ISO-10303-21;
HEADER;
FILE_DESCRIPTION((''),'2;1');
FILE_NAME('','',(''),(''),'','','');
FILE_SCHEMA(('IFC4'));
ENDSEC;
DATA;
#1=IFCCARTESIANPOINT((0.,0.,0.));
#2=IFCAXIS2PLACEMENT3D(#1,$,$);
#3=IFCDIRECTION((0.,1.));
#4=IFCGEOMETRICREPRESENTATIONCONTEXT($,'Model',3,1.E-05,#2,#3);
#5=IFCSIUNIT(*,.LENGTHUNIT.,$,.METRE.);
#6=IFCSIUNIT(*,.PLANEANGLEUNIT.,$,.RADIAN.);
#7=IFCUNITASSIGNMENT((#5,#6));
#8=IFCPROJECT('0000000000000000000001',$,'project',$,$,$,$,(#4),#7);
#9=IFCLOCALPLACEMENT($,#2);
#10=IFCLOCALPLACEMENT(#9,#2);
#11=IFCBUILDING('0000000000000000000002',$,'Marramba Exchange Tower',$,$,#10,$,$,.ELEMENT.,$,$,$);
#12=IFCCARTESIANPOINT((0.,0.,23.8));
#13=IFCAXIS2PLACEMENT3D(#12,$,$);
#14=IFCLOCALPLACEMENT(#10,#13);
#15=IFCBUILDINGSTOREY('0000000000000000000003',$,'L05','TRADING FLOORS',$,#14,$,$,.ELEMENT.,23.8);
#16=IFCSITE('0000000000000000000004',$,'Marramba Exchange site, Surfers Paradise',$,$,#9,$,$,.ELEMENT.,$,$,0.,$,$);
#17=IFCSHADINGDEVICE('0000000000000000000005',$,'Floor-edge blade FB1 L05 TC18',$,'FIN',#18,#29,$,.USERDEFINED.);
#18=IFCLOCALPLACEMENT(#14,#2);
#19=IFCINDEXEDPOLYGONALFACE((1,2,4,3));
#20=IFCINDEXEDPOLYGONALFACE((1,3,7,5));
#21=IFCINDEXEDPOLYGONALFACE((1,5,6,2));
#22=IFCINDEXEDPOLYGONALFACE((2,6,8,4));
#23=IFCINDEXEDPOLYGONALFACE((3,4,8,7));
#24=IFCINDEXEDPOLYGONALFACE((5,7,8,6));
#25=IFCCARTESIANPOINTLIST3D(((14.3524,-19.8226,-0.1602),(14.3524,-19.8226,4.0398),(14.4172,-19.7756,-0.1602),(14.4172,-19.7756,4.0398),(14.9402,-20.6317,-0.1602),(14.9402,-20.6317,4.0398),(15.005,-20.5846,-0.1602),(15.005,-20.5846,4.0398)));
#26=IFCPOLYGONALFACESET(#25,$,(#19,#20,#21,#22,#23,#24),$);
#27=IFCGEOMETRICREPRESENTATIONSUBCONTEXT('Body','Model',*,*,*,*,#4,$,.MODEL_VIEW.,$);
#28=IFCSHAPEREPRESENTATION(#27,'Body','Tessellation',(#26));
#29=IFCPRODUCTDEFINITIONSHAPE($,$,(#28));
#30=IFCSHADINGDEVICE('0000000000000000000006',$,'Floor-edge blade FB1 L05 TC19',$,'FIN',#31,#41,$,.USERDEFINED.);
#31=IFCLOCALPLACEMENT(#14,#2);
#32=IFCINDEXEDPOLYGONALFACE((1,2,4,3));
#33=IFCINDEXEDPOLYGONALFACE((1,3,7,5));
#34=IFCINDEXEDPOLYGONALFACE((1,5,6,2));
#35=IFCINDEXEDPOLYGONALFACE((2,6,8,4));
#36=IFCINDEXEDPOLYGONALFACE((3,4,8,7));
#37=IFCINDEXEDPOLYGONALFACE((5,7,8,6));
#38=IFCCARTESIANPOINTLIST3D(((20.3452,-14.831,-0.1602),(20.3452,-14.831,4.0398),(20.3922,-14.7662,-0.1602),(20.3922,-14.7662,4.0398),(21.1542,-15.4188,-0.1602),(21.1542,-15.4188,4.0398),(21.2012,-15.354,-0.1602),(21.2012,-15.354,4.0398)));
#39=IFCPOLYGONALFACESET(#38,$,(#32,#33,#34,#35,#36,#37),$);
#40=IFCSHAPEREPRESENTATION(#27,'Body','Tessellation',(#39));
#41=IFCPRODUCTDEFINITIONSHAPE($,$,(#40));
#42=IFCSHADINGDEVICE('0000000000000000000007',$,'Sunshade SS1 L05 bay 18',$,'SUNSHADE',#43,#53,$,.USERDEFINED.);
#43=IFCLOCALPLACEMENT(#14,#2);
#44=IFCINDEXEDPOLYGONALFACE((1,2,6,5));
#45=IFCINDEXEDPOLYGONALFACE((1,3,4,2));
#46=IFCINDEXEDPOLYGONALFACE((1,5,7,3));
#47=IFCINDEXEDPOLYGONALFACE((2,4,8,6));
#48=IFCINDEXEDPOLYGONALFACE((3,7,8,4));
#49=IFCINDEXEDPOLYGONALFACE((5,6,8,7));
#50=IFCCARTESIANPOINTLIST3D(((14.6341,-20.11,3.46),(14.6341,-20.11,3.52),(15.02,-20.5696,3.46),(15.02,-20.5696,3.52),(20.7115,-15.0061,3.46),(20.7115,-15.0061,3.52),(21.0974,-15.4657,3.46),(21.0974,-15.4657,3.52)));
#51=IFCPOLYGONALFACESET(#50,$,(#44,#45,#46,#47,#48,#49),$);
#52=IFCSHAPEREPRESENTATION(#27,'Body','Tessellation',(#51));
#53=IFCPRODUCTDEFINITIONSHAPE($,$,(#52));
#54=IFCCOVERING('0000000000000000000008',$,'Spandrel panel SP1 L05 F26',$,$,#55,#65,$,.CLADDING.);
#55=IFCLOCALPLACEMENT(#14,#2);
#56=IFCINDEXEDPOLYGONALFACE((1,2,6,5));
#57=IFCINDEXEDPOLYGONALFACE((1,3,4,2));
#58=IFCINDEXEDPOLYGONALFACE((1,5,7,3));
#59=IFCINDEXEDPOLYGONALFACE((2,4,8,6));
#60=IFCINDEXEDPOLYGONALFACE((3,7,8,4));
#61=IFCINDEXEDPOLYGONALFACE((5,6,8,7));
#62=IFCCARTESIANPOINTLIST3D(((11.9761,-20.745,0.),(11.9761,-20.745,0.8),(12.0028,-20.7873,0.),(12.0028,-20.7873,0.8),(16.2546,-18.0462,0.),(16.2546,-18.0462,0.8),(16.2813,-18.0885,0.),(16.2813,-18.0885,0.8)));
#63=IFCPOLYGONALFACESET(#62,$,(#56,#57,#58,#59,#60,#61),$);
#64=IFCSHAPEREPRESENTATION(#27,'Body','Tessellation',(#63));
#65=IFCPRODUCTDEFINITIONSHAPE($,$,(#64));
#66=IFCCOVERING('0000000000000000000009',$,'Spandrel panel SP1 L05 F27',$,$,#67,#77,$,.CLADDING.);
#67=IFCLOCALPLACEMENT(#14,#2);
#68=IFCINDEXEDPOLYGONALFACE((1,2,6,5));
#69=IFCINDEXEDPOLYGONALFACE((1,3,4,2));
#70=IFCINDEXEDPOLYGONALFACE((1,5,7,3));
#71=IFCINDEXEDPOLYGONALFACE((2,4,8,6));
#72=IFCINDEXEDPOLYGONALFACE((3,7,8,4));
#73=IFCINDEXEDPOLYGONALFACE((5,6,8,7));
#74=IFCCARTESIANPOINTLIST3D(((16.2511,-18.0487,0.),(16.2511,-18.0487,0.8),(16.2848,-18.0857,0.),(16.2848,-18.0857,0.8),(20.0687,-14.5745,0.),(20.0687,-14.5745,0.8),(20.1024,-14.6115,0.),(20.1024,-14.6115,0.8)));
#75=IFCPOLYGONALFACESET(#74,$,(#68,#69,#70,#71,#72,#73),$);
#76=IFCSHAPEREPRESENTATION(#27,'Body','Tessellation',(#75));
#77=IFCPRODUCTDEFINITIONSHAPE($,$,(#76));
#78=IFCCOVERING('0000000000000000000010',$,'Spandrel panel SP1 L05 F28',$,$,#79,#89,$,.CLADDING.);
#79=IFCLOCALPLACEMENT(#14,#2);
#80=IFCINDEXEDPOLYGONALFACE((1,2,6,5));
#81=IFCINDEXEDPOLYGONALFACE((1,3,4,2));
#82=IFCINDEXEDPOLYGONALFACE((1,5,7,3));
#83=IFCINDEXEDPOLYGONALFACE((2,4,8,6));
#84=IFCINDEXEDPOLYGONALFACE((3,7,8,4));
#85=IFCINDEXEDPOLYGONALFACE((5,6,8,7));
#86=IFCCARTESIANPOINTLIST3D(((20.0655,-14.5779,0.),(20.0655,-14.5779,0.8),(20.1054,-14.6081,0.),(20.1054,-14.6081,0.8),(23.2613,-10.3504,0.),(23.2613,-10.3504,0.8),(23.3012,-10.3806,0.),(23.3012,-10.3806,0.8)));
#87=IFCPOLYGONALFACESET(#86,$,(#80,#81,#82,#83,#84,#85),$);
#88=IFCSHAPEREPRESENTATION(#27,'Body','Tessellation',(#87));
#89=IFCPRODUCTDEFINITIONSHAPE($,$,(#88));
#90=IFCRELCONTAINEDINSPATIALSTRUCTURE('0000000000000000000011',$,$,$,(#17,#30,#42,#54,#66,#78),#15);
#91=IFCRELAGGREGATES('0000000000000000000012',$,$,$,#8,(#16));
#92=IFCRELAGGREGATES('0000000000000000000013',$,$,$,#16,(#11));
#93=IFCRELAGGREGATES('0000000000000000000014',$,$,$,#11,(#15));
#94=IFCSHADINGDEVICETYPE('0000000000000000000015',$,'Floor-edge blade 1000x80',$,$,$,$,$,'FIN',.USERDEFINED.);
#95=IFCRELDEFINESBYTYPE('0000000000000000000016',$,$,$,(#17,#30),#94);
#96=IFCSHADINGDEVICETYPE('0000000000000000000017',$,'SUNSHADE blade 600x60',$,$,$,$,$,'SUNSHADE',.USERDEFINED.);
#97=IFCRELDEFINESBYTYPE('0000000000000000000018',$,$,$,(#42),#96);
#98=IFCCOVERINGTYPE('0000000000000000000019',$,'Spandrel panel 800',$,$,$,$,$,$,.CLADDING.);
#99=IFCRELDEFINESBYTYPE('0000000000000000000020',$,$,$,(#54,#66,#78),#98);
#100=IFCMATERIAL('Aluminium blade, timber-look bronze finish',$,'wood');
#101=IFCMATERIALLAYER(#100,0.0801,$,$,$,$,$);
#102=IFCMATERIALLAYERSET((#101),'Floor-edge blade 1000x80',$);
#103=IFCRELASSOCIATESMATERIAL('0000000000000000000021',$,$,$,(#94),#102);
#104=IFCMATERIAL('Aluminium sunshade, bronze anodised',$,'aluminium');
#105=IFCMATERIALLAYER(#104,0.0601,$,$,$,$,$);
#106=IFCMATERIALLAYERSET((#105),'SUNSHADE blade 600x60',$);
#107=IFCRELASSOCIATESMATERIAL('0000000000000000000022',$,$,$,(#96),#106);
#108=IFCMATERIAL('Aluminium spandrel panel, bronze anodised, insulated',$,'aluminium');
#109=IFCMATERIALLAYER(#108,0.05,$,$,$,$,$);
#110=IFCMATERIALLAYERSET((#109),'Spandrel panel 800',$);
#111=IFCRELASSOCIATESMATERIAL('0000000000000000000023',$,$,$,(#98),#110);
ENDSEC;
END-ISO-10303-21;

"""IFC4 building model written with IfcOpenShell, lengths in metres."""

from ifc_helpers import new_model, si_unit, direction, frame, origin, origin_2d, place, context, subcontext, project, spatial, rectangle, extrude, material, layer, layer_set, type_object, element, save


model = new_model("IFC4")

# Units and contexts
model_context = context("Model", 3, precision=1e-05, world=origin(), true_north=direction((0.0, 1.0)))
body_context = subcontext(model_context, "Body", "Model", "MODEL_VIEW")
ifc_project = project(units=[si_unit("LENGTHUNIT", "METRE"), si_unit("PLANEANGLEUNIT", "RADIAN")], contexts=[model_context])

# Site, building, storey
site_placement = place(None, origin())
site = spatial("IfcSite", under=ifc_project, at=site_placement, Name="Marramba Exchange site, Surfers Paradise", CompositionType="ELEMENT", RefElevation=0.0)
building_placement = place(site_placement, origin())
building = spatial("IfcBuilding", under=site, at=building_placement, Name="Marramba Exchange Tower", CompositionType="ELEMENT")
storey_placement = place(building_placement, frame((0.0, 0.0, 23.8)))
storey = spatial("IfcBuildingStorey", under=building, at=storey_placement, Name="L05", Description="TRADING FLOORS", CompositionType="ELEMENT", Elevation=23.8)

# Shading devices
ifc_material_1 = material(Name="Aluminium blade, timber-look bronze finish", Category="wood")
ifc_layer_1 = layer(ifc_material_1, 0.0801)
ifc_layer_set_1 = layer_set([ifc_layer_1], Name="Floor-edge blade 1000x80")
shading_device_type_1 = type_object("IfcShadingDeviceType", Name="Floor-edge blade 1000x80", ElementType="FIN", PredefinedType="USERDEFINED", material=ifc_layer_set_1)
for number, where, z_axis, x_axis, name in (
    (1, (14.6787, -20.2036, -0.1602), (0.0, 0.0, 1.0), (0.587785, -0.809017, 0.0), "Floor-edge blade FB1 L05 TC18"),
    (2, (20.7732, -15.0925, -0.1602), (0.0, 0.0, 1.0), (0.809017, -0.587785, 0.0), "Floor-edge blade FB1 L05 TC19"),
):
    element("IfcShadingDevice", number, at=place(storey_placement, frame(where, z_axis=z_axis, x_axis=x_axis)), inside=storey, type_object=shading_device_type_1, Name=name, ObjectType="FIN", PredefinedType="USERDEFINED", context=body_context, shape_type="SweptSolid", body=[
        extrude(rectangle(XDim=1.0, YDim=0.0801, at=origin_2d()), origin(), (0.0, 0.0, 1.0), 4.2),
    ])
ifc_material_2 = material(Name="Aluminium sunshade, bronze anodised", Category="aluminium")
ifc_layer_2 = layer(ifc_material_2, 0.0601)
ifc_layer_set_2 = layer_set([ifc_layer_2], Name="SUNSHADE blade 600x60")
shading_device_type_2 = type_object("IfcShadingDeviceType", Name="SUNSHADE blade 600x60", ElementType="SUNSHADE", PredefinedType="USERDEFINED", material=ifc_layer_set_2)
shading_device_placement = place(storey_placement, frame((17.8657, -17.7878, 3.46), z_axis=(0.0, 0.0, 1.0), x_axis=(0.765776, 0.643107, 0.0)))
element("IfcShadingDevice", 3, at=shading_device_placement, inside=storey, type_object=shading_device_type_2, Name="Sunshade SS1 L05 bay 18", ObjectType="SUNSHADE", PredefinedType="USERDEFINED", context=body_context, shape_type="SweptSolid", body=[
    extrude(rectangle(XDim=7.9363, YDim=0.6001, at=origin_2d()), origin(), (0.0, 0.0, 1.0), 0.0601),
])

# Coverings
ifc_material_3 = material(Name="Aluminium spandrel panel, bronze anodised, insulated", Category="aluminium")
ifc_layer_3 = layer(ifc_material_3, 0.05)
ifc_layer_set_3 = layer_set([ifc_layer_3], Name="Spandrel panel 800")
covering_type = type_object("IfcCoveringType", Name="Spandrel panel 800", PredefinedType="CLADDING", material=ifc_layer_set_3)
covering_1_placement = place(storey_placement, frame((14.1287, -19.4167, 0.0), z_axis=(0.0, 0.0, 1.0), x_axis=(0.845791, 0.533515, 0.0)))
element("IfcCovering", 4, at=covering_1_placement, inside=storey, type_object=covering_type, Name="Spandrel panel SP1 L05 F26", PredefinedType="CLADDING", context=body_context, shape_type="SweptSolid", body=[
    extrude(rectangle(XDim=5.0586, YDim=0.05, at=origin_2d()), origin(), (0.0, 0.0, 1.0), 0.8),
])
covering_2_placement = place(storey_placement, frame((18.1768, -16.3301, 0.0), z_axis=(0.0, 0.0, 1.0), x_axis=(0.73959, 0.673058, 0.0)))
element("IfcCovering", 5, at=covering_2_placement, inside=storey, type_object=covering_type, Name="Spandrel panel SP1 L05 F27", PredefinedType="CLADDING", context=body_context, shape_type="SweptSolid", body=[
    extrude(rectangle(XDim=5.1619, YDim=0.05, at=origin_2d()), origin(), (0.0, 0.0, 1.0), 0.8),
])
covering_3_placement = place(storey_placement, frame((21.6833, -12.4792, 0.0), z_axis=(0.0, 0.0, 1.0), x_axis=(0.60304, 0.797711, 0.0)))
element("IfcCovering", 6, at=covering_3_placement, inside=storey, type_object=covering_type, Name="Spandrel panel SP1 L05 F28", PredefinedType="CLADDING", context=body_context, shape_type="SweptSolid", body=[
    extrude(rectangle(XDim=5.2996, YDim=0.05, at=origin_2d()), origin(), (0.0, 0.0, 1.0), 0.8),
])

save(model, "model.ifc")
